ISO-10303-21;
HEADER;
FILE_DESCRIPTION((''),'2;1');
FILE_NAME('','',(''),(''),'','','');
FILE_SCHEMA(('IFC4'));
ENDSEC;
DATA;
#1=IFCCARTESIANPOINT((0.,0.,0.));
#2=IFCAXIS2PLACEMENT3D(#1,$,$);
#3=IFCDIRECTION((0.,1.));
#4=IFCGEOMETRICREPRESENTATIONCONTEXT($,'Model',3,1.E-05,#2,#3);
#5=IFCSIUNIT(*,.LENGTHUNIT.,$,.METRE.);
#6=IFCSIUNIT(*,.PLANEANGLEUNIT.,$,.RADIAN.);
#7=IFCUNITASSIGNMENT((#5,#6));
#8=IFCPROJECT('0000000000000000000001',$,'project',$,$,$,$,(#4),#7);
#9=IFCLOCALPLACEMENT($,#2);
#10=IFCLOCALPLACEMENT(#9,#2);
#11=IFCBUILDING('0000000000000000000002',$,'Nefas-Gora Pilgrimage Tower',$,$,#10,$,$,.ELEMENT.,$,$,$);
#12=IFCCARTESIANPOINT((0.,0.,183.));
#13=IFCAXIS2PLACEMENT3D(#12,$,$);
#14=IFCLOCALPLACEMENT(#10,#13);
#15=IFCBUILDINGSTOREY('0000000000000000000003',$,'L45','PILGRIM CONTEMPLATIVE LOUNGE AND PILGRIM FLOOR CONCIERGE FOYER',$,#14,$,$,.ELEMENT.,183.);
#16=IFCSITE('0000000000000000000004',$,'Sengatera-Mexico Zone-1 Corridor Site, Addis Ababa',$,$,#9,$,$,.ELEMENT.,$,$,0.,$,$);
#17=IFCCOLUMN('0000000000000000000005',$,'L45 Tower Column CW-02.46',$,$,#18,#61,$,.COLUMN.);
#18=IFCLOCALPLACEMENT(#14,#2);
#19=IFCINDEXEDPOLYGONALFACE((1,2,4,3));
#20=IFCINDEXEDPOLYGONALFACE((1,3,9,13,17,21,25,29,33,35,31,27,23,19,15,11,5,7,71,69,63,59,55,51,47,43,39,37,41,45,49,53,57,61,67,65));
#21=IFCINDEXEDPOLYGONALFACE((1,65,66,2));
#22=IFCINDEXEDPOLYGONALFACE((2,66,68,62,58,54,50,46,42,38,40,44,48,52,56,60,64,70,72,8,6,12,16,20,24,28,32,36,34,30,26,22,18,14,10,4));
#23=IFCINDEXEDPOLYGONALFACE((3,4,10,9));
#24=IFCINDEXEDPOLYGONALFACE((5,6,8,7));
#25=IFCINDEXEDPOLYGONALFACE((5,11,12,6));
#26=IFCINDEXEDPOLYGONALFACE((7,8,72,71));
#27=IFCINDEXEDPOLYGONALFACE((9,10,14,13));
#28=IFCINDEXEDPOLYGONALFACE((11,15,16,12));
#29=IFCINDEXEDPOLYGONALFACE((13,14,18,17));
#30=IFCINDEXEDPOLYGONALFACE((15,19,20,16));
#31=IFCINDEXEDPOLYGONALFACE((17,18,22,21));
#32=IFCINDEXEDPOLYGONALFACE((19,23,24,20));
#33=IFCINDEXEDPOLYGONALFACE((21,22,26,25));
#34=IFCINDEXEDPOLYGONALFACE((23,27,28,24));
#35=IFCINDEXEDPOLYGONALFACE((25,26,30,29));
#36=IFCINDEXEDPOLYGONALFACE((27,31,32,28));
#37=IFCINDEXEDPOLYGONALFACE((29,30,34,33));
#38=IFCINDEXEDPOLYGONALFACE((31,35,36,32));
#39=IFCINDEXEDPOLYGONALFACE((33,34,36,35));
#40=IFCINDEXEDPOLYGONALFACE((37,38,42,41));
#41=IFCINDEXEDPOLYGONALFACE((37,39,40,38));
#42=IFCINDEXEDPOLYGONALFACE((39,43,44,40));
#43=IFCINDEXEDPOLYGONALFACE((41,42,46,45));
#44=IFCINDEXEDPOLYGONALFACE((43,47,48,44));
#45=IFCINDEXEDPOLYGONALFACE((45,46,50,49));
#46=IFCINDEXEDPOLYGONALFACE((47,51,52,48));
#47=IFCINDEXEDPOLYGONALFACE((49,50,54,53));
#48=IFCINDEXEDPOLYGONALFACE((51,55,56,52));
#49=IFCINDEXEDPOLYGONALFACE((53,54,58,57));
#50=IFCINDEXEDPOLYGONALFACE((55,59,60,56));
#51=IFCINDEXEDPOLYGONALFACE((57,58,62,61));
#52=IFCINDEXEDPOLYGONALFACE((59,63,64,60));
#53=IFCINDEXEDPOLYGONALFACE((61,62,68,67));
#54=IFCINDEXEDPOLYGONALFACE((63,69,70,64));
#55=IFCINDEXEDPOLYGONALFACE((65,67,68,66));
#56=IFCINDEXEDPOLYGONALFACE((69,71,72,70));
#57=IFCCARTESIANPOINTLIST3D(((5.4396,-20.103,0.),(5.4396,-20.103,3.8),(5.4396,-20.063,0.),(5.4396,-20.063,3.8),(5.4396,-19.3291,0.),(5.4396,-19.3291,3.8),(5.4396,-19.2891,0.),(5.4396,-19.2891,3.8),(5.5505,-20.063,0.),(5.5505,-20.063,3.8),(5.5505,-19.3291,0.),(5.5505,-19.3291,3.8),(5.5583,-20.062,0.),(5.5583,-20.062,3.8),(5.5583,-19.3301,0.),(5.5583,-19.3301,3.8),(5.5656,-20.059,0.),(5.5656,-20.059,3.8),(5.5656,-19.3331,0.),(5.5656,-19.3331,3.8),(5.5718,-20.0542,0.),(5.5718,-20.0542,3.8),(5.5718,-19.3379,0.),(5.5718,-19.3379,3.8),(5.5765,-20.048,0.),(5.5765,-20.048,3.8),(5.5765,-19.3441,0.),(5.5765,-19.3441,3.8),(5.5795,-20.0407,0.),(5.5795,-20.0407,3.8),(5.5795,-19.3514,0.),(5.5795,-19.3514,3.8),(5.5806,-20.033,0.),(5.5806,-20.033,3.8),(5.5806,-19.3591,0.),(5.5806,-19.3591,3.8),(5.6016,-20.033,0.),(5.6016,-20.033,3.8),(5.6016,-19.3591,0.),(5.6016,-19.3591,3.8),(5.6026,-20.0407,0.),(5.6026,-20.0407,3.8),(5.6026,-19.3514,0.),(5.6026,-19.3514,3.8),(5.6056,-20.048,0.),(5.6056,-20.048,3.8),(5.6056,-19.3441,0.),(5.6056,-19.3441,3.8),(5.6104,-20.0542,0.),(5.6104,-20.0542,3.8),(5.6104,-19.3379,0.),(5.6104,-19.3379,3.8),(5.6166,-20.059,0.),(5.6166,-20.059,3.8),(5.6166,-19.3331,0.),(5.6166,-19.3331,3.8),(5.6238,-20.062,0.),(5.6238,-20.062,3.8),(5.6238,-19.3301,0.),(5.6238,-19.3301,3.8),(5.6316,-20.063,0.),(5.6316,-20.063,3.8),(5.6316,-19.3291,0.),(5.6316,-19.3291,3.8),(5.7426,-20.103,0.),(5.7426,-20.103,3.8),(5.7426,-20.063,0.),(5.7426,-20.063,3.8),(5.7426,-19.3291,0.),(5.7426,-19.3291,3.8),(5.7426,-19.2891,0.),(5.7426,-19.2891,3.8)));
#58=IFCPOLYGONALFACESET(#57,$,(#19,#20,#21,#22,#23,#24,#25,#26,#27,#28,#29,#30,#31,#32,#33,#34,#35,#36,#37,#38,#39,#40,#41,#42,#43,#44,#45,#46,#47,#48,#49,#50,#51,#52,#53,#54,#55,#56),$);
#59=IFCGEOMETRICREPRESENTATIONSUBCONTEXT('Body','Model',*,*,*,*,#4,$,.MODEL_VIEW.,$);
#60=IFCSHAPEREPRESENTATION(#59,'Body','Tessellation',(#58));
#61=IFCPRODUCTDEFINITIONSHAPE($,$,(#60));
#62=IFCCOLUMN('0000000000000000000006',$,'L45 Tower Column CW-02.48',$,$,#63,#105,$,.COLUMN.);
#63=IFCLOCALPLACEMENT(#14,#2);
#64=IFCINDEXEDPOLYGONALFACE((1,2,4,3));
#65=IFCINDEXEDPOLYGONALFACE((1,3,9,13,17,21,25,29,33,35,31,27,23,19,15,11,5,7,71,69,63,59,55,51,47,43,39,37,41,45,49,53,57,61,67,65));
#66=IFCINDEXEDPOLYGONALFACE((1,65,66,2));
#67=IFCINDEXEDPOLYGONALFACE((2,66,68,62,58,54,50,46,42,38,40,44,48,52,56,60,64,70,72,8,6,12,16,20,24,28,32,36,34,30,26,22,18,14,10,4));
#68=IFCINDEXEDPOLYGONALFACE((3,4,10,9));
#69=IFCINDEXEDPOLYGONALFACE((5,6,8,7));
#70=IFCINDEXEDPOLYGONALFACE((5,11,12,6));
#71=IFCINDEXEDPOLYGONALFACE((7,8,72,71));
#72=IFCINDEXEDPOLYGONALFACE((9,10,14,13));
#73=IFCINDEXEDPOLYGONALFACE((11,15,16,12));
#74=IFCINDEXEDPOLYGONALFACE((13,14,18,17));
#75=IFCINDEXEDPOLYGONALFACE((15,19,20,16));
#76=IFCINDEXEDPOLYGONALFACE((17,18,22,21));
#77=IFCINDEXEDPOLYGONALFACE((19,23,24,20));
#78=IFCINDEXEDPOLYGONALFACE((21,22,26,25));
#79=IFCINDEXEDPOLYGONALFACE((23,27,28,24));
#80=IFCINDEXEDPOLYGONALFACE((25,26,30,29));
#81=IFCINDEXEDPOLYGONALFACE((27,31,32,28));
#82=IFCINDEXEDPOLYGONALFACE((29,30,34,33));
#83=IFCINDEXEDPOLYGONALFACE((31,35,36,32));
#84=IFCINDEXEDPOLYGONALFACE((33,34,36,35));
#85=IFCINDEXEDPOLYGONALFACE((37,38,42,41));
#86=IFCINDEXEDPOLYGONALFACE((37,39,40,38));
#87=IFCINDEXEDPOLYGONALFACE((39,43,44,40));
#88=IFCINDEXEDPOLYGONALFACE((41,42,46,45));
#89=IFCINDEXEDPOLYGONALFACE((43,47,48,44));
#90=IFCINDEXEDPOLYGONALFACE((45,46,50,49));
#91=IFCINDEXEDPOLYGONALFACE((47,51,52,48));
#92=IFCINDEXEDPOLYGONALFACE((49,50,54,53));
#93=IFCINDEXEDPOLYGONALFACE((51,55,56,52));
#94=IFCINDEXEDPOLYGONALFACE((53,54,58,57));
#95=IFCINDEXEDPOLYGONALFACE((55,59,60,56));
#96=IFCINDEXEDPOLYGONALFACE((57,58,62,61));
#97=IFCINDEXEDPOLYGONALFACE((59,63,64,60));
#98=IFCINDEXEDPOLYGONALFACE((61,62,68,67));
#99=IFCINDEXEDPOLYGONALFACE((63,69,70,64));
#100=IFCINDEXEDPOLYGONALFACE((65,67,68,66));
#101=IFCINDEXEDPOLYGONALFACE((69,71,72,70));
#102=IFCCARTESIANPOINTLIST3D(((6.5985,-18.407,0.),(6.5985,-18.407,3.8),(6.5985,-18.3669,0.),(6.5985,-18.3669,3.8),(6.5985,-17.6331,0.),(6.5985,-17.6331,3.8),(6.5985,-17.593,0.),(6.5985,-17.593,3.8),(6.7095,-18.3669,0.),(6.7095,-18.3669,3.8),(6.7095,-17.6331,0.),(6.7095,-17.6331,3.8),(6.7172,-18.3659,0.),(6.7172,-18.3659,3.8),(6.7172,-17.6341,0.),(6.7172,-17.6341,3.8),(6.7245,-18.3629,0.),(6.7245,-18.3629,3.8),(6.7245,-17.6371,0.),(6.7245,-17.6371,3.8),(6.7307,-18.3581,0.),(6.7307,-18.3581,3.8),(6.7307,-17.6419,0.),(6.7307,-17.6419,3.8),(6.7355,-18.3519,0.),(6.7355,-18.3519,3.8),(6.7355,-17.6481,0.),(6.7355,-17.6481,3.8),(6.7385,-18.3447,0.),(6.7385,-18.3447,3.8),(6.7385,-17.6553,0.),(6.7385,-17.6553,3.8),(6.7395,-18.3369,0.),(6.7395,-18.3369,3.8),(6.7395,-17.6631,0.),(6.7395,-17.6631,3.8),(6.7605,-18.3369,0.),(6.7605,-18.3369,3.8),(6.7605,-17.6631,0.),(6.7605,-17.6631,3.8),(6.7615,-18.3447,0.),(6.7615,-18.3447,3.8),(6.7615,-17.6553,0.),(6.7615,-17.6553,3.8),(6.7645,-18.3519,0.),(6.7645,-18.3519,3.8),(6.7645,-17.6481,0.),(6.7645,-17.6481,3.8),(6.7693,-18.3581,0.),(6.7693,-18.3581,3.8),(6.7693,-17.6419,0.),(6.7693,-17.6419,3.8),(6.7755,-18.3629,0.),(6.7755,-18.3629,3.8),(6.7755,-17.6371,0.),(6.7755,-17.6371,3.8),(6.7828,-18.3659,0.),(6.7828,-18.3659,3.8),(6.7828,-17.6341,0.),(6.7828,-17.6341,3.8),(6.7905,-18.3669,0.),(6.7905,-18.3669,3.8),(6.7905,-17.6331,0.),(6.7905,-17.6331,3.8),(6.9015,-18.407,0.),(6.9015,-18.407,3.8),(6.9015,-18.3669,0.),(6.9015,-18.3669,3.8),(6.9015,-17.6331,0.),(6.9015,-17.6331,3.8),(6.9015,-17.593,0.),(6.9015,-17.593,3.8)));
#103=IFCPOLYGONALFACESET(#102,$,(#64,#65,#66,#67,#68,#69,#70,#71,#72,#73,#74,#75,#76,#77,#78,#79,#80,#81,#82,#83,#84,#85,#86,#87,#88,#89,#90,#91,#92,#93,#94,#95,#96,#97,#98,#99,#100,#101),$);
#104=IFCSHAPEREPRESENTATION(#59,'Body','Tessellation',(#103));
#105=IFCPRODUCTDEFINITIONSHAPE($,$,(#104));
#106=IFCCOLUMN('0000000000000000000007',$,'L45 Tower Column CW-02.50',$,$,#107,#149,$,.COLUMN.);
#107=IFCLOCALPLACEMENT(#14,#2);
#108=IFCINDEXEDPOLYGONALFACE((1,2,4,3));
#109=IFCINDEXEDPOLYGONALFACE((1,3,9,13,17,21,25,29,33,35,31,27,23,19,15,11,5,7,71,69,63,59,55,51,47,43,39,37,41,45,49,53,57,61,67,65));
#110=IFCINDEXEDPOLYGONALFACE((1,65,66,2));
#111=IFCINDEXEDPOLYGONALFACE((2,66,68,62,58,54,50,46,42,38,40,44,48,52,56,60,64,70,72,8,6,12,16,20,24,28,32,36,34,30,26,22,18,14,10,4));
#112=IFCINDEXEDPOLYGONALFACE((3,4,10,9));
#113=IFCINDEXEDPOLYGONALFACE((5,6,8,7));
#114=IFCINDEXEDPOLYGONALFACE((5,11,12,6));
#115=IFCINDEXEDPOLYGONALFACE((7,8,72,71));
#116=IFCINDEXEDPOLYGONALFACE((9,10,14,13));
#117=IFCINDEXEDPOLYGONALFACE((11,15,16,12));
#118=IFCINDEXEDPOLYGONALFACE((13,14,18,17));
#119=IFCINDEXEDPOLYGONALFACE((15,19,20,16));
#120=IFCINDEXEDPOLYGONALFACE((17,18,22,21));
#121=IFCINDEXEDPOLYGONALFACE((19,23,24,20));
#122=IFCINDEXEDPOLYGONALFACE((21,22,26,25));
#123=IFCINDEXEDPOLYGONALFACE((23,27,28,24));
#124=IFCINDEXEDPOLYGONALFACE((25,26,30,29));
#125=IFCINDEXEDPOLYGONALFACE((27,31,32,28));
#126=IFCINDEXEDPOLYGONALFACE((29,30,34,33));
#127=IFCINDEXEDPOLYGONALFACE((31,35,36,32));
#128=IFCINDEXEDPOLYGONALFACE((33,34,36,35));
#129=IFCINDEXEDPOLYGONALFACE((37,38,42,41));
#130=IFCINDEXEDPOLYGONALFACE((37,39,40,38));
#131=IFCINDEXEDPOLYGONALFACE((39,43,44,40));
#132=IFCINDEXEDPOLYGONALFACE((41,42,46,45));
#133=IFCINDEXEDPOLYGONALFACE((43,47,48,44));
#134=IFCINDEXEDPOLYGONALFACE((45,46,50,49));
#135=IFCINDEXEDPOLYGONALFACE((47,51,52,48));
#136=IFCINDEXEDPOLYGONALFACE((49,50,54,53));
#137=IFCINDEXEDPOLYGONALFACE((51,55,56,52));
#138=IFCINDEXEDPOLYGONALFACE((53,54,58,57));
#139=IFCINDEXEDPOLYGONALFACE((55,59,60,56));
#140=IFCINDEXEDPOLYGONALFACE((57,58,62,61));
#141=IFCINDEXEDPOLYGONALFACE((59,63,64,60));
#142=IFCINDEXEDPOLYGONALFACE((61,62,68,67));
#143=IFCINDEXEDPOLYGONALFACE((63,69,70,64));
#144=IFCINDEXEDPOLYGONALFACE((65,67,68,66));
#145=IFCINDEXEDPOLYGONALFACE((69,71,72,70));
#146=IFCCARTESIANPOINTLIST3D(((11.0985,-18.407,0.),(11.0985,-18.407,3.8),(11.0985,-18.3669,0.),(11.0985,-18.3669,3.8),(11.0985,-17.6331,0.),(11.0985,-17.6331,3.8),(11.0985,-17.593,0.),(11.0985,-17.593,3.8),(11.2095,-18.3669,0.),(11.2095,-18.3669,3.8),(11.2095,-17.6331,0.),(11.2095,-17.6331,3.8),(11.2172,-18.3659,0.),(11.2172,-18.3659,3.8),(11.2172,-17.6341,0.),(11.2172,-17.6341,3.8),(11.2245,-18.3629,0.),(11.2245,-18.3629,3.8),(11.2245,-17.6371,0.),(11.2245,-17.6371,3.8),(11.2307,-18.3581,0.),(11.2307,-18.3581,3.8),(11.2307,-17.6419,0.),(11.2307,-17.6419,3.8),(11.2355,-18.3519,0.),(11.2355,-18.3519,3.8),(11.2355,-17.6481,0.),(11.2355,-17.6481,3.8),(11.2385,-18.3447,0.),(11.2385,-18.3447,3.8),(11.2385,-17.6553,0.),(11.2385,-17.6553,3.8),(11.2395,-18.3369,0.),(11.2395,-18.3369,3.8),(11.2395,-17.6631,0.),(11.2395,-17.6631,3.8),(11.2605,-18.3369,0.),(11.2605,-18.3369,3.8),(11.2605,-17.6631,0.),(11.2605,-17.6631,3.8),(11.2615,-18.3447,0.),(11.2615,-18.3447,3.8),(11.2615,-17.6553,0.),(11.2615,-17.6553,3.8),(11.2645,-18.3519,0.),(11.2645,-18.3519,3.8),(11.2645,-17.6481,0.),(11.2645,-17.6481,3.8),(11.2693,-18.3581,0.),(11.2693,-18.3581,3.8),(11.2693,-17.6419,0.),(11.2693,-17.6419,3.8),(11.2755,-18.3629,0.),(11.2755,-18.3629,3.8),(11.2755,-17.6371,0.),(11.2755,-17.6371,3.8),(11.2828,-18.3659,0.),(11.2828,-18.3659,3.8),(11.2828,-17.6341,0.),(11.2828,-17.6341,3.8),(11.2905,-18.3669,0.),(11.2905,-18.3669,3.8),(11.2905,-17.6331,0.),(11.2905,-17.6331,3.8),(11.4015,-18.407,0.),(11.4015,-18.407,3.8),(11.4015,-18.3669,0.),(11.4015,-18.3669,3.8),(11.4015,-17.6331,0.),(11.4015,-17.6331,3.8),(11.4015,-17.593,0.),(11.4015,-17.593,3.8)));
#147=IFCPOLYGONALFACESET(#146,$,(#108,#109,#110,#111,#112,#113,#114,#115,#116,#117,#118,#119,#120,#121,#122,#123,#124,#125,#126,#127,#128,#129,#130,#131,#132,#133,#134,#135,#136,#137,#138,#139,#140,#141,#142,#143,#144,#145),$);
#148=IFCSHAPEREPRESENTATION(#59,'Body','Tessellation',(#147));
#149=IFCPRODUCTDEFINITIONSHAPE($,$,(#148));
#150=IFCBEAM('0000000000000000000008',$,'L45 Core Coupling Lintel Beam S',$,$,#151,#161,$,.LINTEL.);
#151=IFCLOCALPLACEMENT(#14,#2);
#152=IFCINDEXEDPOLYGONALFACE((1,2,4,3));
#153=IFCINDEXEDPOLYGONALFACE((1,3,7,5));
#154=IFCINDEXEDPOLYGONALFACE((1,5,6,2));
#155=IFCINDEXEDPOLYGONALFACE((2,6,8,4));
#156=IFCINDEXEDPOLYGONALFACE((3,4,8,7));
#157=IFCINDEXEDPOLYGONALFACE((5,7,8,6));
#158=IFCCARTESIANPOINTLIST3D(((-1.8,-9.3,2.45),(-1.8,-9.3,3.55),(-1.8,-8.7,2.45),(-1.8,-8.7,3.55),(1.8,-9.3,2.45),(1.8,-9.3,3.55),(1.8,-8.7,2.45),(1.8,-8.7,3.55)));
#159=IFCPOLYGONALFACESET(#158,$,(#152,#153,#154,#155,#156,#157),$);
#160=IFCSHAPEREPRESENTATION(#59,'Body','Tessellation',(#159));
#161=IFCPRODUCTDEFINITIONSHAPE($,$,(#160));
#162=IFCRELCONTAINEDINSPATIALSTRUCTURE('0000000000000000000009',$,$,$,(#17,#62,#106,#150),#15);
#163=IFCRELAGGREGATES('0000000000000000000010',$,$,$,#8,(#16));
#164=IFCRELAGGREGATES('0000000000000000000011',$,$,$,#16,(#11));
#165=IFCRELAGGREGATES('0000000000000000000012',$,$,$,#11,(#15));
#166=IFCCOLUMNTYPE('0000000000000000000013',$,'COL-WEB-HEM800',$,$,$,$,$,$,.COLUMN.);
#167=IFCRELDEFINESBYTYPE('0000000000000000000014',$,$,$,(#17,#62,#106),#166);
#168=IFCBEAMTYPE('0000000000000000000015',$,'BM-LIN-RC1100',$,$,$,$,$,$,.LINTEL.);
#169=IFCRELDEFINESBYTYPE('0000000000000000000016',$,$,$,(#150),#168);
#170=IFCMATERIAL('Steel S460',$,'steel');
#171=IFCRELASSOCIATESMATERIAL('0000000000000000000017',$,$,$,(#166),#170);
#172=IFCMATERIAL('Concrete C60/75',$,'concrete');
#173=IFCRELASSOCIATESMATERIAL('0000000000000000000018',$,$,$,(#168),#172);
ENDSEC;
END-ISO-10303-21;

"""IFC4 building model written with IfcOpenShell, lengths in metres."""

from ifc_helpers import new_model, si_unit, direction, frame, origin, origin_2d, place, context, subcontext, project, spatial, rectangle, i_section, extrude, source, transform, mapped, material, material_profile, profile_set, type_object, element, save


model = new_model("IFC4")

# Units and contexts
model_context = context("Model", 3, precision=1e-05, world=origin(), true_north=direction((0.0, 1.0)))
body_context = subcontext(model_context, "Body", "Model", "MODEL_VIEW")
ifc_project = project(units=[si_unit("LENGTHUNIT", "METRE"), si_unit("PLANEANGLEUNIT", "RADIAN")], contexts=[model_context])

# Site, building, storey
site_placement = place(None, origin())
site = spatial("IfcSite", under=ifc_project, at=site_placement, Name="Sengatera-Mexico Zone-1 Corridor Site, Addis Ababa", CompositionType="ELEMENT", RefElevation=0.0)
building_placement = place(site_placement, origin())
building = spatial("IfcBuilding", under=site, at=building_placement, Name="Nefas-Gora Pilgrimage Tower", CompositionType="ELEMENT")
storey_placement = place(building_placement, frame((0.0, 0.0, 183.0)))
storey = spatial("IfcBuildingStorey", under=building, at=storey_placement, Name="L45", Description="PILGRIM CONTEMPLATIVE LOUNGE AND PILGRIM FLOOR CONCIERGE FOYER", CompositionType="ELEMENT", Elevation=183.0)

# Columns
ifc_material_1 = material(Name="Steel S460", Category="steel")
ifc_material_profile_1 = material_profile(ifc_material_1, i_section(OverallWidth=0.303, OverallDepth=0.814, WebThickness=0.021, FlangeThickness=0.04, FilletRadius=0.03, at=origin_2d()), Name="HEM 800")
ifc_profile_set_1 = profile_set([ifc_material_profile_1], Name="Steel S460")
column_type_1 = type_object("IfcColumnType", Name="COL-WEB-HEM800", PredefinedType="COLUMN", material=ifc_profile_set_1)
shared_shape_1 = source(origin(), body_context, "Body", "SweptSolid", [
    extrude(i_section(OverallWidth=0.303, OverallDepth=0.814, WebThickness=0.021, FlangeThickness=0.04, FilletRadius=0.03, at=origin_2d()), origin(), (0.0, 0.0, 1.0), 3.8),
])
for number, where, z_axis, x_axis, name in (
    (1, (5.5911, -19.696, 0.0), (0.0, 0.0, 1.0), (1.0, 0.0, 0.0), "L45 Tower Column CW-02.46"),
    (2, (6.75, -18.0, 0.0), (0.0, 0.0, 1.0), (1.0, 0.0, 0.0), "L45 Tower Column CW-02.48"),
    (3, (11.25, -18.0, 0.0), (0.0, 0.0, 1.0), (1.0, 0.0, 0.0), "L45 Tower Column CW-02.50"),
):
    element("IfcColumn", number, at=place(storey_placement, frame(where, z_axis=z_axis, x_axis=x_axis)), inside=storey, type_object=column_type_1, Name=name, PredefinedType="COLUMN", context=body_context, shape_type="MappedRepresentation", body=[
        mapped(shared_shape_1, transform((0.0, 0.0, 0.0), x_axis=(1.0, 0.0, 0.0), y_axis=(0.0, 1.0, 0.0), z_axis=(0.0, 0.0, 1.0), scale=1.0)),
    ])

# Beam
ifc_material_2 = material(Name="Concrete C60/75", Category="concrete")
ifc_material_profile_2 = material_profile(ifc_material_2, rectangle(XDim=0.6001, YDim=1.1001, at=origin_2d()), Name="RC 600x1100")
ifc_profile_set_2 = profile_set([ifc_material_profile_2], Name="Concrete C60/75")
beam_type_1 = type_object("IfcBeamType", Name="BM-LIN-RC1100", PredefinedType="LINTEL", material=ifc_profile_set_2)
shared_shape_2 = source(origin(), body_context, "Body", "SweptSolid", [
    extrude(rectangle(XDim=0.6001, YDim=1.1001, at=origin_2d()), origin(), (0.0, 0.0, 1.0), 3.6001),
])
beam_1_placement = place(storey_placement, frame((-1.8, -9.0, 3.0), z_axis=(1.0, 0.0, 0.0), x_axis=(0.0, 1.0, 0.0)))
element("IfcBeam", 4, at=beam_1_placement, inside=storey, type_object=beam_type_1, Name="L45 Core Coupling Lintel Beam S", PredefinedType="LINTEL", context=body_context, shape_type="MappedRepresentation", body=[
    mapped(shared_shape_2, transform((0.0, 0.0, 0.0), x_axis=(1.0, 0.0, 0.0), y_axis=(0.0, 1.0, 0.0), z_axis=(0.0, 0.0, 1.0), scale=1.0)),
])

save(model, "model.ifc")
